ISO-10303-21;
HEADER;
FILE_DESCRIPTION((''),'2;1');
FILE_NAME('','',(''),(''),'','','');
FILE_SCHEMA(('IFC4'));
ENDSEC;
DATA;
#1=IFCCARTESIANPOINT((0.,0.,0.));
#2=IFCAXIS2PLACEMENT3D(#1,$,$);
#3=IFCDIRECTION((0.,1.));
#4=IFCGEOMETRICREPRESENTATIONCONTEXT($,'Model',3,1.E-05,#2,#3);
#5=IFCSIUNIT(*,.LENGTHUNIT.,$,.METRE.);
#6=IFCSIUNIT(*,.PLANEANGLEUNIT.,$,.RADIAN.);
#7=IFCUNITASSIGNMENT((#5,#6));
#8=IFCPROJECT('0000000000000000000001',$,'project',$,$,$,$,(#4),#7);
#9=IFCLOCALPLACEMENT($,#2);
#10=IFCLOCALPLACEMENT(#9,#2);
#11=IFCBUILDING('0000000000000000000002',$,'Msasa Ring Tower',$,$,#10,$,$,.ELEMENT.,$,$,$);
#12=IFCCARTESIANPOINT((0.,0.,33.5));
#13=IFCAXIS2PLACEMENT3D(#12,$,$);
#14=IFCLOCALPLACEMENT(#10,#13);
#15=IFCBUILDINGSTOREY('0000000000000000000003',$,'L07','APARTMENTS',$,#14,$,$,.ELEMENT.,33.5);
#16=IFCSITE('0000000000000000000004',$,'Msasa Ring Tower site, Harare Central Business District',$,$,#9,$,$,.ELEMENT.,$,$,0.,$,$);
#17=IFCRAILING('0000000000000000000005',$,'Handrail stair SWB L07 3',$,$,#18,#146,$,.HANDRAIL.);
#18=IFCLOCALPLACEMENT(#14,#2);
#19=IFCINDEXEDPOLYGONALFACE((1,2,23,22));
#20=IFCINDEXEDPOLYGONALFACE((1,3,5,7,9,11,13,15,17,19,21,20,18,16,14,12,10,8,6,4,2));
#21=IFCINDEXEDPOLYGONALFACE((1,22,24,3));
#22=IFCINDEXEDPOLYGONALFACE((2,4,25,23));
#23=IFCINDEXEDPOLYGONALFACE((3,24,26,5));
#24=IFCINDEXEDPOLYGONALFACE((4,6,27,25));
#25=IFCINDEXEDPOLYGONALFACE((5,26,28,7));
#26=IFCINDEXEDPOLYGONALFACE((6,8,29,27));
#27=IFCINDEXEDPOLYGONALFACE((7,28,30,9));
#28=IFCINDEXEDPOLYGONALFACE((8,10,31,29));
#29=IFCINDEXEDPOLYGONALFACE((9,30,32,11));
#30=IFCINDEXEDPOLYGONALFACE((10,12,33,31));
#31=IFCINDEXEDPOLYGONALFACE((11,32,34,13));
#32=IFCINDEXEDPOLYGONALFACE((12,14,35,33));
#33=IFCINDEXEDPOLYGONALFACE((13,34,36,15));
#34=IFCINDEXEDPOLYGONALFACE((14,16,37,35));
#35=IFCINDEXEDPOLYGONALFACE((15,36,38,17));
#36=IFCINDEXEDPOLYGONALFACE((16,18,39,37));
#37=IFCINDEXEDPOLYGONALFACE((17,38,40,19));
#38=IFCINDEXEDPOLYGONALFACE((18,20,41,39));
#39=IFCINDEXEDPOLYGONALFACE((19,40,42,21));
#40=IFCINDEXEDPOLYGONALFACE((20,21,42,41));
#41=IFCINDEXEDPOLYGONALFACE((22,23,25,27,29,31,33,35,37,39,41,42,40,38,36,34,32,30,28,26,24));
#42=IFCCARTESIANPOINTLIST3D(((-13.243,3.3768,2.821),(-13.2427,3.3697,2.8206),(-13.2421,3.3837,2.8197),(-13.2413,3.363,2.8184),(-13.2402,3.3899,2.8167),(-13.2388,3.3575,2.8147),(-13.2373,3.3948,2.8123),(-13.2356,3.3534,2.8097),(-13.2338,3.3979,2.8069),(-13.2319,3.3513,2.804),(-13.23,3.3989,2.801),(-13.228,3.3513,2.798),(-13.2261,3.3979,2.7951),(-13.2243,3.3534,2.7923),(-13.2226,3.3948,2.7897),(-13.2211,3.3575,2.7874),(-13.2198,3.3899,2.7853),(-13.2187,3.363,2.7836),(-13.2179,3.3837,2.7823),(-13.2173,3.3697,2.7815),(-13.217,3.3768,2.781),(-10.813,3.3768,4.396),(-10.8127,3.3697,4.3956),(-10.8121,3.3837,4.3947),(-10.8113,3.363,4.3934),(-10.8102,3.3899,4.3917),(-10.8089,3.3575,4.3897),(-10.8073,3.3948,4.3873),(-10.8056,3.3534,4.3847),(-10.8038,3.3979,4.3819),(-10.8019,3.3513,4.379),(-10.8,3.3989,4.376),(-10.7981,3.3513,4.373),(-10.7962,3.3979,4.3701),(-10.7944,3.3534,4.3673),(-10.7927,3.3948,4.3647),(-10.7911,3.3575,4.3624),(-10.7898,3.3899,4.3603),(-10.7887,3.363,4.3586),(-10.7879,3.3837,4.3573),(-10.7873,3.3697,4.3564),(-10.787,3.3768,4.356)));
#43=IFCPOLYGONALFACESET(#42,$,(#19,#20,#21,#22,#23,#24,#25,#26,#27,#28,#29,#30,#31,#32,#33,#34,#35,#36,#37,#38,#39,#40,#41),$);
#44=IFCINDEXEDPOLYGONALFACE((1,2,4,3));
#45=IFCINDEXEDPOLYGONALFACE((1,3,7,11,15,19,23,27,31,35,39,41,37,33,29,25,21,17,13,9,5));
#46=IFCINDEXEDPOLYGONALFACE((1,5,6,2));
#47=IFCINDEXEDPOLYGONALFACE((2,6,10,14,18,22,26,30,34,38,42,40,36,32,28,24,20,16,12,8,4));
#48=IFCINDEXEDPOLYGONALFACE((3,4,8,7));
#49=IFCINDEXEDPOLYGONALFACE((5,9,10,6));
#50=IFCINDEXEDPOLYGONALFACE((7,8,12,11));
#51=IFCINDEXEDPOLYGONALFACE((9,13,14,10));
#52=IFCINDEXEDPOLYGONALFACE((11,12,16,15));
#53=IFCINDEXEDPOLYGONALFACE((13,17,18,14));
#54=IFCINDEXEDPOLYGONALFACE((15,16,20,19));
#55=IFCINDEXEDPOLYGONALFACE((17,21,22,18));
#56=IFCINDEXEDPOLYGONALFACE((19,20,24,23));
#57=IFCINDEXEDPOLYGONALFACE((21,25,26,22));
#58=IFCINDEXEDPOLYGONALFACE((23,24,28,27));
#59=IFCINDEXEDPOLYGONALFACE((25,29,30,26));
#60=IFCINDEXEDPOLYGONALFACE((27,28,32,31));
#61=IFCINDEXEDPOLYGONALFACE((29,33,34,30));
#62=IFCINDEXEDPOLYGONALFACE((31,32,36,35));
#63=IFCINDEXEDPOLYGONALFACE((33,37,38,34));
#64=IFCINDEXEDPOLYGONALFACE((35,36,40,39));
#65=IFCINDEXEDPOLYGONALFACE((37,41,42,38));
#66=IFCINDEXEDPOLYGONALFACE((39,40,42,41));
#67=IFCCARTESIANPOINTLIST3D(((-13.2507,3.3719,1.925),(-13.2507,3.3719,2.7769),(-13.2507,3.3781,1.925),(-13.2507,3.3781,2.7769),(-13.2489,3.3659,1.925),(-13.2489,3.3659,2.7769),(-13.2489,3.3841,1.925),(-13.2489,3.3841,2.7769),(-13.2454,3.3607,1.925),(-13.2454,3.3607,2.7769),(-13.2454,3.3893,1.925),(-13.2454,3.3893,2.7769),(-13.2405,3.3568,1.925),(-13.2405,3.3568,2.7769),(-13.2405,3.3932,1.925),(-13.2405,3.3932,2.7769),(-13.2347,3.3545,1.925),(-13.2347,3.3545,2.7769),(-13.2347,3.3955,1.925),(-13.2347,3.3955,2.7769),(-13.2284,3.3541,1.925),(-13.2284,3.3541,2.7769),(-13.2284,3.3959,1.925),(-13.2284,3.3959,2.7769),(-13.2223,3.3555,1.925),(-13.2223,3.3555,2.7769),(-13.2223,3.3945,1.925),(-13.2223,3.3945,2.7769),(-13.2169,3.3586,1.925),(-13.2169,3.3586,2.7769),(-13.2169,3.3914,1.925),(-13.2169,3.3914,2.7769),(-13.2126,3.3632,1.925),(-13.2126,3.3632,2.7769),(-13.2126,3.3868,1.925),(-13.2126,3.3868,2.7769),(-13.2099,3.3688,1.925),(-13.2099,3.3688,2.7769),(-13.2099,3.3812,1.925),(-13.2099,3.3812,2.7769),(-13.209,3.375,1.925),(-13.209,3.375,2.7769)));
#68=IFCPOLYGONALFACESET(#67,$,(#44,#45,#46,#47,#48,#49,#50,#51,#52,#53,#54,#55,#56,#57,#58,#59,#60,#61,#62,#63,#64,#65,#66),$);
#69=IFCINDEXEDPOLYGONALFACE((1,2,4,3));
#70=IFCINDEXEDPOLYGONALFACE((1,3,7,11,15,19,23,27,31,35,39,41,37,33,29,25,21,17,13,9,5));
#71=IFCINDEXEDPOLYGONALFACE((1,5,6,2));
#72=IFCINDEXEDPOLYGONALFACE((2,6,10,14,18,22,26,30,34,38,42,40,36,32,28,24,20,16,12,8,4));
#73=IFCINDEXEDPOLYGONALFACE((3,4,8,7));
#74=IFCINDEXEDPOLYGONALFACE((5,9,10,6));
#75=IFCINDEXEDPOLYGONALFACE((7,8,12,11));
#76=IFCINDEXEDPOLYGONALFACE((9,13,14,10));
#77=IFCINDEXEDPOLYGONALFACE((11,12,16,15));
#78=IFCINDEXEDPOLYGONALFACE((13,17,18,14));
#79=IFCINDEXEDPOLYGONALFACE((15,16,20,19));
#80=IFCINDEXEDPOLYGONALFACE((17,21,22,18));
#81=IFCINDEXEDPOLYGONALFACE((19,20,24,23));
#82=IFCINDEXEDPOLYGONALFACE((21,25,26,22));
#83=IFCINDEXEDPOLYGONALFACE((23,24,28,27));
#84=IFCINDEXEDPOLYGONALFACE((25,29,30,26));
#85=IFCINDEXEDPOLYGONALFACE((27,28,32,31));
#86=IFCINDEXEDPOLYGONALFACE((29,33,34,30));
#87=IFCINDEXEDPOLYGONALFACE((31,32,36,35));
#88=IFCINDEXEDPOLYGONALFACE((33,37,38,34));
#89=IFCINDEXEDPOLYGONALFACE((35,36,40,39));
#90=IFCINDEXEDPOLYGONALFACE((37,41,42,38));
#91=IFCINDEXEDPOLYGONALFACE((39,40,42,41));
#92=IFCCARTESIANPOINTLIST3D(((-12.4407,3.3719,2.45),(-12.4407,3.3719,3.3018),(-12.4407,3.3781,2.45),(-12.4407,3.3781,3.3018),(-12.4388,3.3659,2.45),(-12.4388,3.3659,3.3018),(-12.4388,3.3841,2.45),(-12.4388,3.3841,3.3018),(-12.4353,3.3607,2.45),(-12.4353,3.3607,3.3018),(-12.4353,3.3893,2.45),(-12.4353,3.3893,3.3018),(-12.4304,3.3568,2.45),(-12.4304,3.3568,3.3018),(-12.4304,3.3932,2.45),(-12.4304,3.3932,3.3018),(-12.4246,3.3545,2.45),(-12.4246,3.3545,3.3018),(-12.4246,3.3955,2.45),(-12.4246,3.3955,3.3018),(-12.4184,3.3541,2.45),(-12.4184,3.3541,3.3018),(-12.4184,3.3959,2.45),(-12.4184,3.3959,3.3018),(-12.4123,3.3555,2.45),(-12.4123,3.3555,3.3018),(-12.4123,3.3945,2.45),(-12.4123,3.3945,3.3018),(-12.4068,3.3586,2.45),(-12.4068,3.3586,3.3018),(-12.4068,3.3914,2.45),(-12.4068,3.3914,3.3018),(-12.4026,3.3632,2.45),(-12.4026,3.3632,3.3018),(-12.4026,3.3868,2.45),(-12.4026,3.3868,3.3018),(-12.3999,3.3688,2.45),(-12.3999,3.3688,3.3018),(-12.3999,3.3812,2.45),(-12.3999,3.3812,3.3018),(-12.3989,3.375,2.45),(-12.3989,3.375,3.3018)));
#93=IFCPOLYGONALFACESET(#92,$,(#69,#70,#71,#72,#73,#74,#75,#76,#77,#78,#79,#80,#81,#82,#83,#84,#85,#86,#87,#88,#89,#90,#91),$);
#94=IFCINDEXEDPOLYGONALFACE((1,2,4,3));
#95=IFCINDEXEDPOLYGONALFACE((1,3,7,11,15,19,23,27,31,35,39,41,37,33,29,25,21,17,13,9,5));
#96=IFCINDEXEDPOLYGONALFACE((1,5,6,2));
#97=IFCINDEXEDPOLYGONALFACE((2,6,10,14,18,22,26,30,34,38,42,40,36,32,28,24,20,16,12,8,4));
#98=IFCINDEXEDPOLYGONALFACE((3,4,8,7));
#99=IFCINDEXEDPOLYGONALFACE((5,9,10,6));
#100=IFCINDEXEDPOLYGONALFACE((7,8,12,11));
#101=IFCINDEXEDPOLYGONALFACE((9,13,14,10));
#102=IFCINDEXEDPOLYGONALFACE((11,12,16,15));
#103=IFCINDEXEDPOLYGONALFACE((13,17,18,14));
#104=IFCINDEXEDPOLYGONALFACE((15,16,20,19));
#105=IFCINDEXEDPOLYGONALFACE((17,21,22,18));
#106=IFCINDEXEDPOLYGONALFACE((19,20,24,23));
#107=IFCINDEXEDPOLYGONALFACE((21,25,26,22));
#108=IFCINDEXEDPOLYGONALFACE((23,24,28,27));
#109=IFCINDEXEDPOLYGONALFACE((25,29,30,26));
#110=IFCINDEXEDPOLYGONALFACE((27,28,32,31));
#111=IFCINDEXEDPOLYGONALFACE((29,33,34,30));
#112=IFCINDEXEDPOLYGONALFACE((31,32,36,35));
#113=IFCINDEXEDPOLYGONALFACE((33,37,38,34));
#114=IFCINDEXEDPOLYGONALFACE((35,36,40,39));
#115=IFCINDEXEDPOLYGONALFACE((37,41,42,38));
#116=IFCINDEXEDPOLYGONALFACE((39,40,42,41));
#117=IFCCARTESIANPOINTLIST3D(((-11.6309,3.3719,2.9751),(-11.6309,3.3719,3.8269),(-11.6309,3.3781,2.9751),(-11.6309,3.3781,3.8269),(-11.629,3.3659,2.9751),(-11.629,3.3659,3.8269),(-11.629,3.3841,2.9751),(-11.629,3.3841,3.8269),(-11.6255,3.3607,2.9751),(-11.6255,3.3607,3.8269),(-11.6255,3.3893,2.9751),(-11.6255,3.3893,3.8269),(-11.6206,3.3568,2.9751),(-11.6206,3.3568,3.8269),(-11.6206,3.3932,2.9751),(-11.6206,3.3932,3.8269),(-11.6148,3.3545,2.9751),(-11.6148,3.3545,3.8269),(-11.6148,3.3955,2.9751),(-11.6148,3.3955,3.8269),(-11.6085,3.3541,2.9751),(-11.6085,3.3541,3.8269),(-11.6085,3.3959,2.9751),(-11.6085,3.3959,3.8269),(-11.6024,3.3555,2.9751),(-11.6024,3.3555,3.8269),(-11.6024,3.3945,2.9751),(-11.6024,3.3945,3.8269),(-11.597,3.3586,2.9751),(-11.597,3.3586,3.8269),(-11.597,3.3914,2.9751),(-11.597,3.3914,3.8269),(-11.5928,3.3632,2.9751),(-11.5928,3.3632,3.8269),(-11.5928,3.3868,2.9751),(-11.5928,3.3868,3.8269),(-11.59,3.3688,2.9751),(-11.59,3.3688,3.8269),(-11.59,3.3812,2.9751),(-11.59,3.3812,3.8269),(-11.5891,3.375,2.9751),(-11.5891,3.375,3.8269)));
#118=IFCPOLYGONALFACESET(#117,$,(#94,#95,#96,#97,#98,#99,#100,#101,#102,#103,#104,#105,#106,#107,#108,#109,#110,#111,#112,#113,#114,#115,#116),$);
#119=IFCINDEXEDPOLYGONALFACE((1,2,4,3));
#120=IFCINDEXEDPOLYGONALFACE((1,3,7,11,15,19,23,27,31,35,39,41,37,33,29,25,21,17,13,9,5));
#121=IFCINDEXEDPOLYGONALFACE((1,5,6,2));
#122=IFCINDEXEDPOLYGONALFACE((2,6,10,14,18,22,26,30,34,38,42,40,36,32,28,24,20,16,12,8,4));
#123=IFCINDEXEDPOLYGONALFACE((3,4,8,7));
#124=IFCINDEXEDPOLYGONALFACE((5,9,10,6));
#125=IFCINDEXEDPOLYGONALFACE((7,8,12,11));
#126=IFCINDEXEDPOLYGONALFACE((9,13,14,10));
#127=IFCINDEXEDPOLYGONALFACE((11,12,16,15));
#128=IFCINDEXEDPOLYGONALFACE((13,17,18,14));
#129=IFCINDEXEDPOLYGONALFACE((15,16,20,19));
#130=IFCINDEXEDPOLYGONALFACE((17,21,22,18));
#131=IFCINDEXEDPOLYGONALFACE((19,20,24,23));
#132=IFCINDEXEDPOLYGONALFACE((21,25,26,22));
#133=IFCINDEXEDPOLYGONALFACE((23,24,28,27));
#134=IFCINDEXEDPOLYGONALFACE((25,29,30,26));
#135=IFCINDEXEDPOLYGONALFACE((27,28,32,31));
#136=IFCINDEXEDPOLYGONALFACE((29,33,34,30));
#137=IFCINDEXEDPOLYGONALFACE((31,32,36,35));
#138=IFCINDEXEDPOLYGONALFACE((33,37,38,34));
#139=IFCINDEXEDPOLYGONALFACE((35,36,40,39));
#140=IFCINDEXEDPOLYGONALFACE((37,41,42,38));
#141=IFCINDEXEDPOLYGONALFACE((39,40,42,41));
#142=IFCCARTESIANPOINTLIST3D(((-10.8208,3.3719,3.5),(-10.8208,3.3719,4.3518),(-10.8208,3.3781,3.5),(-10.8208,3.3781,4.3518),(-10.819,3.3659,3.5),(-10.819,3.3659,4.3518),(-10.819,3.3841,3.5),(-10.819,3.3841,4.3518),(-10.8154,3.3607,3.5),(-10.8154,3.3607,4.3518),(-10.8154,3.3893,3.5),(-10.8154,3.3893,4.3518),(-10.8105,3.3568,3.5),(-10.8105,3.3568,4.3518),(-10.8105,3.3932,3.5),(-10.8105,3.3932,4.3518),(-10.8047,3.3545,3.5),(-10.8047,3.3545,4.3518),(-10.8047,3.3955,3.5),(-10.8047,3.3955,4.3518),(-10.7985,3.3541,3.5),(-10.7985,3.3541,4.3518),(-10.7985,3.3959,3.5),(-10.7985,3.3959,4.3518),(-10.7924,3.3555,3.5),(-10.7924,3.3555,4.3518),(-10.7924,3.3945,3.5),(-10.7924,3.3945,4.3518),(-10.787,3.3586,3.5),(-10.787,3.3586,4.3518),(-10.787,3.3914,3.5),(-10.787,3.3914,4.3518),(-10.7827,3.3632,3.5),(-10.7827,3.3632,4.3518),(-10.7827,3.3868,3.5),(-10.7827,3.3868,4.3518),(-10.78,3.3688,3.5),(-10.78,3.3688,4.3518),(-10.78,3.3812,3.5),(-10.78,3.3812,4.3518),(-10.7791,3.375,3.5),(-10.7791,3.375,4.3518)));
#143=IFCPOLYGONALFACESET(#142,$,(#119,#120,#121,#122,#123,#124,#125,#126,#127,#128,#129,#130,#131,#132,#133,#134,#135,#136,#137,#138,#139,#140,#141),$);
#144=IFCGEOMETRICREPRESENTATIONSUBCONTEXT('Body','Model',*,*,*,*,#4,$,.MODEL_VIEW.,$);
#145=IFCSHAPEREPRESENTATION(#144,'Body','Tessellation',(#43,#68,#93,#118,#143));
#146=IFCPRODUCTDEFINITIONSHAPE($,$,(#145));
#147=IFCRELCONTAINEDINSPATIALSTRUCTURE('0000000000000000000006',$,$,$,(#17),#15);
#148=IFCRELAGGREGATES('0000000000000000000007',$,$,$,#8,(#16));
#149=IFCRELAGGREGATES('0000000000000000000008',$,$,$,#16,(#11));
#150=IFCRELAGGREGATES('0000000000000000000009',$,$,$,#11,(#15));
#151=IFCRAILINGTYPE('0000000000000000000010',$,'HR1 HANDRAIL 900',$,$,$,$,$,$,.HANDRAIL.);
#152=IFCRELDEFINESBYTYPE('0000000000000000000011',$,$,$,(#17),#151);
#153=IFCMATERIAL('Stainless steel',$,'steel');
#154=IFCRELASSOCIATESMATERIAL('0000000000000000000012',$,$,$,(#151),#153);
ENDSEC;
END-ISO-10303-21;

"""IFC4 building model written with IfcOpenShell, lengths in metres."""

from ifc_helpers import new_model, si_unit, direction, frame, origin, origin_2d, place, context, subcontext, project, spatial, circle, extrude, material, type_object, element, save


model = new_model("IFC4")

# Units and contexts
model_context = context("Model", 3, precision=1e-05, world=origin(), true_north=direction((0.0, 1.0)))
body_context = subcontext(model_context, "Body", "Model", "MODEL_VIEW")
ifc_project = project(units=[si_unit("LENGTHUNIT", "METRE"), si_unit("PLANEANGLEUNIT", "RADIAN")], contexts=[model_context])

# Site, building, storey
site_placement = place(None, origin())
site = spatial("IfcSite", under=ifc_project, at=site_placement, Name="Msasa Ring Tower site, Harare Central Business District", CompositionType="ELEMENT", RefElevation=0.0)
building_placement = place(site_placement, origin())
building = spatial("IfcBuilding", under=site, at=building_placement, Name="Msasa Ring Tower", CompositionType="ELEMENT")
storey_placement = place(building_placement, frame((0.0, 0.0, 33.5)))
storey = spatial("IfcBuildingStorey", under=building, at=storey_placement, Name="L07", Description="APARTMENTS", CompositionType="ELEMENT", Elevation=33.5)

# Railing
ifc_material_1 = material(Name="Stainless steel", Category="steel")
railing_type = type_object("IfcRailingType", Name="HR1 HANDRAIL 900", PredefinedType="HANDRAIL", material=ifc_material_1)
for number, where, name in (
    (1, (-13.23, 3.375, 1.925), "Handrail stair SWB L07 3"),
):
    element("IfcRailing", number, at=place(storey_placement, frame(where)), inside=storey, type_object=railing_type, Name=name, PredefinedType="HANDRAIL", context=body_context, shape_type="SweptSolid", body=[
        extrude(circle(Radius=0.0239, at=origin_2d()), frame((0.0, 0.0, 0.876), z_axis=(0.839154, 0.0, 0.543894), x_axis=(0.0, 1.0, 0.0)), (0.0, 0.0, 1.0), 2.8958),
        extrude(circle(Radius=0.021, at=origin_2d()), origin(), (0.0, 0.0, 1.0), 0.8518),
        extrude(circle(Radius=0.021, at=origin_2d()), frame((0.8101, 0.0, 0.5249)), (0.0, 0.0, 1.0), 0.8518),
        extrude(circle(Radius=0.021, at=origin_2d()), frame((1.6199, 0.0, 1.05)), (0.0, 0.0, 1.0), 0.8518),
        extrude(circle(Radius=0.021, at=origin_2d()), frame((2.4299, 0.0, 1.575)), (0.0, 0.0, 1.0), 0.8518),
    ])

save(model, "model.ifc")
